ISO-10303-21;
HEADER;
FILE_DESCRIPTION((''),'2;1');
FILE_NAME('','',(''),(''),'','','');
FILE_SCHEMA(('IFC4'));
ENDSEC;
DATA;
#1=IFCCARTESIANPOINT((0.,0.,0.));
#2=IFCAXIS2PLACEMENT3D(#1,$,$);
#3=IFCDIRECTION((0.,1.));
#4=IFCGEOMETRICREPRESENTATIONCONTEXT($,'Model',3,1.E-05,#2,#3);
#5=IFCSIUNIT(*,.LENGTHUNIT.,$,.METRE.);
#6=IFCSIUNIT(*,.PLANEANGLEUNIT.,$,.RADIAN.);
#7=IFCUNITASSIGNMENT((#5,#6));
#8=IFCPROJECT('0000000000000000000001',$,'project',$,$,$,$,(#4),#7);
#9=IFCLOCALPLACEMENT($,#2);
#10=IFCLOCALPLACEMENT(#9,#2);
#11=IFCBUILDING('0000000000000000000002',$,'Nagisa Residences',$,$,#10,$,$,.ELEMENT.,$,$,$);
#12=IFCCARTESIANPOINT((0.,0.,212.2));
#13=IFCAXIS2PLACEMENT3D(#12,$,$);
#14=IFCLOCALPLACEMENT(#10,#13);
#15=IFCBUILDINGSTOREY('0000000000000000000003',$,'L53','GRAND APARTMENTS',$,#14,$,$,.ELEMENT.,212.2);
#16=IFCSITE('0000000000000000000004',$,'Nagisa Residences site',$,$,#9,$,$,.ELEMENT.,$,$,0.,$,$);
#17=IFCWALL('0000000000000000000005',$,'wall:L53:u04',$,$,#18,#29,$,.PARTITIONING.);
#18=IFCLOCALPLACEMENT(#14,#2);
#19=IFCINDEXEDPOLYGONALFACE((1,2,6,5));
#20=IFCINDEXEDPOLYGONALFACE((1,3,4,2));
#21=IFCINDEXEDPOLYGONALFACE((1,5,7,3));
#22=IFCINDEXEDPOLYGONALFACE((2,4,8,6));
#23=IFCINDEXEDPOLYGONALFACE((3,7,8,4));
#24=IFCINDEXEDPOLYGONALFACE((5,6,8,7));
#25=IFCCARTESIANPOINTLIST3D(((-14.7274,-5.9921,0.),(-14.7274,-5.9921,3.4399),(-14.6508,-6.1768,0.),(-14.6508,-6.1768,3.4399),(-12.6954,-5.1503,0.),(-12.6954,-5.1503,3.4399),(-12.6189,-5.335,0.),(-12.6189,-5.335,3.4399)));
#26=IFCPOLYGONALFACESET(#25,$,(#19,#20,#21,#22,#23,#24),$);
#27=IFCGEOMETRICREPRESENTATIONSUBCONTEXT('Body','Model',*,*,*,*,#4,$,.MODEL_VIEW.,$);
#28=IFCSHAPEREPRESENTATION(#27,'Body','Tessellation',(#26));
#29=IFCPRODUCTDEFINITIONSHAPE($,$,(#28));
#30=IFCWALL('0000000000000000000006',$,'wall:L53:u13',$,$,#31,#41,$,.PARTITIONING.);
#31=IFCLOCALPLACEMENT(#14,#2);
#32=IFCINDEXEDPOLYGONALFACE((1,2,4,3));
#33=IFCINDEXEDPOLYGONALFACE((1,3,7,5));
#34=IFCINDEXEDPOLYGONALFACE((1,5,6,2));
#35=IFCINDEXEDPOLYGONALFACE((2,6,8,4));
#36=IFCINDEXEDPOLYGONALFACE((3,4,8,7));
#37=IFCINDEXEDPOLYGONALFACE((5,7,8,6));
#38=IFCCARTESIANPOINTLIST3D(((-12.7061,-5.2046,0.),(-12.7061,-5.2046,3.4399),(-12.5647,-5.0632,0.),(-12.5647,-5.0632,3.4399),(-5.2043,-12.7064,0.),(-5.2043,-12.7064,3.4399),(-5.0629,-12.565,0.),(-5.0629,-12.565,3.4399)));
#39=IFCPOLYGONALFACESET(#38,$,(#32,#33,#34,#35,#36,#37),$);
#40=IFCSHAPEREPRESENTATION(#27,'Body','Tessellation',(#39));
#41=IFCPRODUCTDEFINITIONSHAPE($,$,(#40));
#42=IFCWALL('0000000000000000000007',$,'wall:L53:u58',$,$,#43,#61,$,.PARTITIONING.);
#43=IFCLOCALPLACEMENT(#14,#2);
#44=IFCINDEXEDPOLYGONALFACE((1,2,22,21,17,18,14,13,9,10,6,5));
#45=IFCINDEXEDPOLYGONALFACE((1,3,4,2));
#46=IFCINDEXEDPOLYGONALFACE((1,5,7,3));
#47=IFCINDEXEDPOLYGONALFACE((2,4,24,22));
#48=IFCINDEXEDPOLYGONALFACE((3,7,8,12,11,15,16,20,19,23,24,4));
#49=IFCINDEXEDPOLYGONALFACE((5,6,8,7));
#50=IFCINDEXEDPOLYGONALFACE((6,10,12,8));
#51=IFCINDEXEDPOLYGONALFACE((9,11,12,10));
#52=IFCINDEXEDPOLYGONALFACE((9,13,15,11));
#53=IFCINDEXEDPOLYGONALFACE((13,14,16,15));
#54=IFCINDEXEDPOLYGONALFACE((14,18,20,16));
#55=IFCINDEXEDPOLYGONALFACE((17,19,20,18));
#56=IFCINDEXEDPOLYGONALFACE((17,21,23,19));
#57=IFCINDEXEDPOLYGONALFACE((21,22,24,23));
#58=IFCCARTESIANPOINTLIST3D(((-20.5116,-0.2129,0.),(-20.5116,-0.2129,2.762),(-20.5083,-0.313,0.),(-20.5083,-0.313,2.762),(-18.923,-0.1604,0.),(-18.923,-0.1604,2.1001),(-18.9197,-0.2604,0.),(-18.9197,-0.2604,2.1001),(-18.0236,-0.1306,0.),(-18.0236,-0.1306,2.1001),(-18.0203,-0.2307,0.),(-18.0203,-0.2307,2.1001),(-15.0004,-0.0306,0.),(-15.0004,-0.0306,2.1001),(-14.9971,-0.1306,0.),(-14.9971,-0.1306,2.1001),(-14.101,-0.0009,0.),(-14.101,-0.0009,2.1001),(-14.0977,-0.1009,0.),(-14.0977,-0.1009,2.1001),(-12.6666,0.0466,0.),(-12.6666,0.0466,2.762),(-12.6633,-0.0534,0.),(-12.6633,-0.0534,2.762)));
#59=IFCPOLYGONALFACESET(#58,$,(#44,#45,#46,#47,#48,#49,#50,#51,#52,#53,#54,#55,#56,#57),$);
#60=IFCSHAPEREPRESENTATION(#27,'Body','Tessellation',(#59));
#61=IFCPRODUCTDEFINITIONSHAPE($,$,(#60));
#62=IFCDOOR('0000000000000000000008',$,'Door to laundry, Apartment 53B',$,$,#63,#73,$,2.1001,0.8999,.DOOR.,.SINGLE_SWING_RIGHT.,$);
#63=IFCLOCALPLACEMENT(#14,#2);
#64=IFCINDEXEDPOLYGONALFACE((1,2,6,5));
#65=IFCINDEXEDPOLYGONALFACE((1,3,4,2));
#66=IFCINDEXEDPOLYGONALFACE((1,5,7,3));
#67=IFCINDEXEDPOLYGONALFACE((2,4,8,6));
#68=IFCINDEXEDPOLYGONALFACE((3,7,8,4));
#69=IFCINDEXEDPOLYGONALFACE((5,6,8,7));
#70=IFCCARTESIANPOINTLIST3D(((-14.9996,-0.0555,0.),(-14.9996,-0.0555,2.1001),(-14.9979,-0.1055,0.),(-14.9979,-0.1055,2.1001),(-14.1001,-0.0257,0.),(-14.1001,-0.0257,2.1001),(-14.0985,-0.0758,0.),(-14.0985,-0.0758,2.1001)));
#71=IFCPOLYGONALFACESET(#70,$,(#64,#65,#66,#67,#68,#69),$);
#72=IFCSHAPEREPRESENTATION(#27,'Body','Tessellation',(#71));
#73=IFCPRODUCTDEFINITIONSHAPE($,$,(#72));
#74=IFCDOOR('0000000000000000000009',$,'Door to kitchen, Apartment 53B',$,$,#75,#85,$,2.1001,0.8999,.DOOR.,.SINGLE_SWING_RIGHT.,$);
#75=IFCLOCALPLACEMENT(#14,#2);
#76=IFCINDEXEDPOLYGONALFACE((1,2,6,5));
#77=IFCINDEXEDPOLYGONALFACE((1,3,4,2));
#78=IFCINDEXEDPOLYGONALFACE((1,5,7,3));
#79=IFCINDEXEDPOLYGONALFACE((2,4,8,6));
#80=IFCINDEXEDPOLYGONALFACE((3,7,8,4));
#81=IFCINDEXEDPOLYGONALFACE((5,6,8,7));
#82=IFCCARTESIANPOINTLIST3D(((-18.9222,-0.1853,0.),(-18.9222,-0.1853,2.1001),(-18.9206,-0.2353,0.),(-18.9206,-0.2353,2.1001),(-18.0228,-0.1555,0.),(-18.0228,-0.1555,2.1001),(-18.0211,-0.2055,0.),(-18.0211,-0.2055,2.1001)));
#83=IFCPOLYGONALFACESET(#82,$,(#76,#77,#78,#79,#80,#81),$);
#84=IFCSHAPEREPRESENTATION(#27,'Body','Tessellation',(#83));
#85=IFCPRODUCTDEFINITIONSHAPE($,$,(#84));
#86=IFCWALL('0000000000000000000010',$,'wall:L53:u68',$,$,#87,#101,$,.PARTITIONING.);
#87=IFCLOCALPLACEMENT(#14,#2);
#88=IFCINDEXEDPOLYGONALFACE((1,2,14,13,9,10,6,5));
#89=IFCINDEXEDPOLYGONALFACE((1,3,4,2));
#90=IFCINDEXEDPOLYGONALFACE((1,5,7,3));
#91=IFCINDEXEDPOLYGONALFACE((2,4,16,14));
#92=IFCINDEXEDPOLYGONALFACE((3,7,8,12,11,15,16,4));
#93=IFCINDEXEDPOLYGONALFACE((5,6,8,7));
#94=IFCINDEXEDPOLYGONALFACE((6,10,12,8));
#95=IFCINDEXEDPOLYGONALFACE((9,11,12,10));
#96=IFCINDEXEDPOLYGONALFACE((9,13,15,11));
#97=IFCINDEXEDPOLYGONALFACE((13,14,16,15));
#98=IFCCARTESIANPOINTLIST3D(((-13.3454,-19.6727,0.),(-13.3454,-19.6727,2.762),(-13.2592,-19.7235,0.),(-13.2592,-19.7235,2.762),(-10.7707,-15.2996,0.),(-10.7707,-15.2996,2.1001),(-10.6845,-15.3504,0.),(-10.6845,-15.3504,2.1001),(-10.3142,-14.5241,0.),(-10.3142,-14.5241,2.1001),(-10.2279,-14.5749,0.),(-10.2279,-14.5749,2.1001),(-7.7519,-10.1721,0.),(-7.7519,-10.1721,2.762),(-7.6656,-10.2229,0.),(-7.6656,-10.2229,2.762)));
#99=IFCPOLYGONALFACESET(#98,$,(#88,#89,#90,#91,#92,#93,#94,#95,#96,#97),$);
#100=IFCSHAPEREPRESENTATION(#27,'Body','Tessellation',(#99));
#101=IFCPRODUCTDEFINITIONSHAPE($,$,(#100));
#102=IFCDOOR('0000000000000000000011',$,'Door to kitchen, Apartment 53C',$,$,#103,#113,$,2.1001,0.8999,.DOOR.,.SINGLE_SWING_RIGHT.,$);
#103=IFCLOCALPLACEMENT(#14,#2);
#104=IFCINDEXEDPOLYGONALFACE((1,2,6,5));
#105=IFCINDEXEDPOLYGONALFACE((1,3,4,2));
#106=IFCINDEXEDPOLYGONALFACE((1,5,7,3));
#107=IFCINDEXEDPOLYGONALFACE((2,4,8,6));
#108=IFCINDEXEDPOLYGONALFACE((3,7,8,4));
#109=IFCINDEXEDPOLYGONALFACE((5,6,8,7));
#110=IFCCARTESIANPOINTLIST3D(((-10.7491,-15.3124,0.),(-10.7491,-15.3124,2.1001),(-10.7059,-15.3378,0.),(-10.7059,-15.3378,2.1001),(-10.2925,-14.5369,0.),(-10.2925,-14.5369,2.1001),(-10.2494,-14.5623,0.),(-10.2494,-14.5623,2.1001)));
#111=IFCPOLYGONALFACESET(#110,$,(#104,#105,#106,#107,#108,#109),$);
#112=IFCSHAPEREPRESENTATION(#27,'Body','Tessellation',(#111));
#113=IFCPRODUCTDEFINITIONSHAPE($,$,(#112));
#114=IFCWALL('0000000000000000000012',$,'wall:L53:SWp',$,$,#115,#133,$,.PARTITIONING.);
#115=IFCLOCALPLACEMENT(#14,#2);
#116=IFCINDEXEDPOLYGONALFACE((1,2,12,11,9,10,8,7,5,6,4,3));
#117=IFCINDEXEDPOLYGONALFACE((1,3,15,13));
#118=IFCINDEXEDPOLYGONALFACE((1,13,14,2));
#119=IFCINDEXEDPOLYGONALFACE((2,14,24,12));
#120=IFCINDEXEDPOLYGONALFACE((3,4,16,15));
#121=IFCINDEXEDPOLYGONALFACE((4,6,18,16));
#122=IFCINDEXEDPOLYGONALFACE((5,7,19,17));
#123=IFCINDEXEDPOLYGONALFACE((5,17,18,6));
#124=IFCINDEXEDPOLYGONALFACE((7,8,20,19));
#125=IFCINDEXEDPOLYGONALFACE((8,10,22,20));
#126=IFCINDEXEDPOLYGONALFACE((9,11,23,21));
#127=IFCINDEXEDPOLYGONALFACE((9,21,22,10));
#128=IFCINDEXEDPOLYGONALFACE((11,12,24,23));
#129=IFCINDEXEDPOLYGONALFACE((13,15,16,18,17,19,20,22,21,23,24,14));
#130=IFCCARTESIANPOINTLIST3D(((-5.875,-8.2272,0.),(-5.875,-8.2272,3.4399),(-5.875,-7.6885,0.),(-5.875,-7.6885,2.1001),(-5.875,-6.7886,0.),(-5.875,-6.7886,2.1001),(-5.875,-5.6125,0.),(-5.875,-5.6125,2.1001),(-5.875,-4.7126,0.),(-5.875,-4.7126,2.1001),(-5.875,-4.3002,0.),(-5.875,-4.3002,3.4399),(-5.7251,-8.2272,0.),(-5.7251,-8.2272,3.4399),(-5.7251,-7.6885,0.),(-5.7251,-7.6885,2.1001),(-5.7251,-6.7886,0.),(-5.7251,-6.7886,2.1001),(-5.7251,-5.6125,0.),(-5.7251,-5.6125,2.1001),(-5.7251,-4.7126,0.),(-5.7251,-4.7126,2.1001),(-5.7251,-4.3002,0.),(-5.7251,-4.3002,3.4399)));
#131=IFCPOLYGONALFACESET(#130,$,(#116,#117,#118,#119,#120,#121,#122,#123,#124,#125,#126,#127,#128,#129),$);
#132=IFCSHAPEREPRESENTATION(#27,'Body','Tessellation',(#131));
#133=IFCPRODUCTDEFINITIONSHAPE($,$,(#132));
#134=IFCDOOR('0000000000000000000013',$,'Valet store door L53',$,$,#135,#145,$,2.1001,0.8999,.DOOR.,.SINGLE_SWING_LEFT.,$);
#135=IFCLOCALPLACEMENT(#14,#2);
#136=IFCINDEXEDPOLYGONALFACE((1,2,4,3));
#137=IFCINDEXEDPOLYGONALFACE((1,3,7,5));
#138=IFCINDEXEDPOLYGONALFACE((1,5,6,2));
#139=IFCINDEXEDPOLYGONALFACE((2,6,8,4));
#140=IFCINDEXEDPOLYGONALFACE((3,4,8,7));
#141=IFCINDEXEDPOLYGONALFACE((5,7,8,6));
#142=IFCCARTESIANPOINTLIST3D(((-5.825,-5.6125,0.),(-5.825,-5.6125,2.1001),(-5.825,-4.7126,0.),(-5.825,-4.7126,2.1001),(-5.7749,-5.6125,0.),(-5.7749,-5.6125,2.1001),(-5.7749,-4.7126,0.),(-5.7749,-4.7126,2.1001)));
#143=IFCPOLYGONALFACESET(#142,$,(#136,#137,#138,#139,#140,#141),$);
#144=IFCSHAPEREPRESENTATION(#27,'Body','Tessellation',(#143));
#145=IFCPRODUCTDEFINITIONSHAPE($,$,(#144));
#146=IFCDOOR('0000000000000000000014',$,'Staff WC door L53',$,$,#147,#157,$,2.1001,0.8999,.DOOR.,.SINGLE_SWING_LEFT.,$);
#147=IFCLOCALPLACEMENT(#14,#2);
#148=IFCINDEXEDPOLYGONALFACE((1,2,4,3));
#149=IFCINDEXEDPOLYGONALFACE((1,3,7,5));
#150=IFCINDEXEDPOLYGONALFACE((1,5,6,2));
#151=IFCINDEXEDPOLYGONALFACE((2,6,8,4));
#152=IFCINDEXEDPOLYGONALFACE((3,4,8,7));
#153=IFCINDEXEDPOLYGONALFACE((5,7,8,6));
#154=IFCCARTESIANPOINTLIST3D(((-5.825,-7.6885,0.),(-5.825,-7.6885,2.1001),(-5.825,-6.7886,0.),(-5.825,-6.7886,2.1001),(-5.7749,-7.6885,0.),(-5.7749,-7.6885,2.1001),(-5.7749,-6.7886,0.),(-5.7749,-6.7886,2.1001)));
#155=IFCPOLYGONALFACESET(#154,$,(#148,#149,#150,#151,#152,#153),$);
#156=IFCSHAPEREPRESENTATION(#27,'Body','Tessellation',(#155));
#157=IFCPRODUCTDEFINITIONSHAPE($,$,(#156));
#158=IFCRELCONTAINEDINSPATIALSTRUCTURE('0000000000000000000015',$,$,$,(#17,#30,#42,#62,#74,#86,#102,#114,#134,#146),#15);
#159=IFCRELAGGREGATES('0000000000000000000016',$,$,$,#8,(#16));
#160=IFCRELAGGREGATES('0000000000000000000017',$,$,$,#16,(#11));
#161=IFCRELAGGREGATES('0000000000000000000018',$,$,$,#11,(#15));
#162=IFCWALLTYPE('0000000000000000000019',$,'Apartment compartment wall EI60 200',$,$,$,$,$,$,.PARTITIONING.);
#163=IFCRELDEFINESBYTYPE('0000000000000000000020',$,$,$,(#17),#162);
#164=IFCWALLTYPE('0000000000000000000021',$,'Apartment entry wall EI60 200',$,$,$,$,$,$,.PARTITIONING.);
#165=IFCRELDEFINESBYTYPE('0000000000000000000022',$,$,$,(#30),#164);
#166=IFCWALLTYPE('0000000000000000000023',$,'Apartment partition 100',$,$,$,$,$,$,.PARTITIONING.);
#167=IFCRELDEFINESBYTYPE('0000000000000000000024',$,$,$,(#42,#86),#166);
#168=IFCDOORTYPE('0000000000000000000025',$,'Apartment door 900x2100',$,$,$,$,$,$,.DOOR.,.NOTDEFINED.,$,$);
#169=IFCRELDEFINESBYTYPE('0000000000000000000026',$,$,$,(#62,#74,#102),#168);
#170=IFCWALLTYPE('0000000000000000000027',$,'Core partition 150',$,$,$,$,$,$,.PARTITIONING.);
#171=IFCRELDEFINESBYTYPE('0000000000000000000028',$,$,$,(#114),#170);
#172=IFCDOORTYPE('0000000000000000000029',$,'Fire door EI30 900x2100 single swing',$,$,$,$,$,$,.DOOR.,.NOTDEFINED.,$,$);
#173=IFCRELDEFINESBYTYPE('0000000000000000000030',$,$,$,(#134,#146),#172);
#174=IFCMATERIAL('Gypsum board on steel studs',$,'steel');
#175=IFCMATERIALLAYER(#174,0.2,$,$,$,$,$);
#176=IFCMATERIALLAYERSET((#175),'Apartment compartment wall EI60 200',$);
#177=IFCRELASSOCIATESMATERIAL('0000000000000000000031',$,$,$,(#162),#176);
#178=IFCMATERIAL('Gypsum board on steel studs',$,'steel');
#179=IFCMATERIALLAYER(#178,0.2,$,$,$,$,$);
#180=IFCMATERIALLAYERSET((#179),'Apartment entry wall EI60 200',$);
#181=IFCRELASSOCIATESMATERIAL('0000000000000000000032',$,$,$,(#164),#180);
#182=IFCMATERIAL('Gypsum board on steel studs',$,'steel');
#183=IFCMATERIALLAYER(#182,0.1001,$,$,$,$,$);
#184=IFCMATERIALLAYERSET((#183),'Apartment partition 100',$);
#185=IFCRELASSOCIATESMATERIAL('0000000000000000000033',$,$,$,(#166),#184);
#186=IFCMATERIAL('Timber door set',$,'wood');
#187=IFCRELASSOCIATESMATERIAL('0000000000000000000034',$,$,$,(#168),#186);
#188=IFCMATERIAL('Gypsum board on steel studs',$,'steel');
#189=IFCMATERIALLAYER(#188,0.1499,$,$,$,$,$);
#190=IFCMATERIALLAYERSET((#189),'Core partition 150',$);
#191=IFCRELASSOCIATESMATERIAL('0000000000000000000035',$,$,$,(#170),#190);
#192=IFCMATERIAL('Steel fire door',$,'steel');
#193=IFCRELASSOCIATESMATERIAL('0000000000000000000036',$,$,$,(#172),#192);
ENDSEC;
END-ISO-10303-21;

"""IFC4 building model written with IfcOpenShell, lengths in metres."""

from ifc_helpers import new_model, si_unit, direction, frame, frame_2d, origin, place, context, subcontext, project, spatial, rectangle, extrude, material, layer, layer_set, type_object, element, fill, save


model = new_model("IFC4")

# Units and contexts
model_context = context("Model", 3, precision=1e-05, world=origin(), true_north=direction((0.0, 1.0)))
body_context = subcontext(model_context, "Body", "Model", "MODEL_VIEW")
ifc_project = project(units=[si_unit("LENGTHUNIT", "METRE"), si_unit("PLANEANGLEUNIT", "RADIAN")], contexts=[model_context])

# Site, building, storey
site_placement = place(None, origin())
site = spatial("IfcSite", under=ifc_project, at=site_placement, Name="Nagisa Residences site", CompositionType="ELEMENT", RefElevation=0.0)
building_placement = place(site_placement, origin())
building = spatial("IfcBuilding", under=site, at=building_placement, Name="Nagisa Residences", CompositionType="ELEMENT")
storey_placement = place(building_placement, frame((0.0, 0.0, 212.2)))
storey = spatial("IfcBuildingStorey", under=building, at=storey_placement, Name="L53", Description="GRAND APARTMENTS", CompositionType="ELEMENT", Elevation=212.2)

# Walls
ifc_material_1 = material(Name="Gypsum board on steel studs", Category="steel")
ifc_layer_1 = layer(ifc_material_1, 0.2)
ifc_layer_set_1 = layer_set([ifc_layer_1], Name="Apartment compartment wall EI60 200")
wall_type_1 = type_object("IfcWallType", Name="Apartment compartment wall EI60 200", PredefinedType="PARTITIONING", material=ifc_layer_set_1)
wall_1_placement = place(storey_placement, frame((-12.6572, -5.2427, 0.0), z_axis=(0.0, 0.0, 1.0), x_axis=(-0.92386, -0.382731, 0.0)))
element("IfcWall", 1, at=wall_1_placement, inside=storey, type_object=wall_type_1, Name="wall:L53:u04", PredefinedType="PARTITIONING", context=body_context, shape_type="SweptSolid", body=[
    extrude(rectangle(XDim=2.1995, YDim=0.2, at=frame_2d((1.0996, 0.0))), origin(), (0.0, 0.0, 1.0), 3.4399),
])
ifc_material_2 = material(Name="Gypsum board on steel studs", Category="steel")
ifc_layer_2 = layer(ifc_material_2, 0.2)
ifc_layer_set_2 = layer_set([ifc_layer_2], Name="Apartment entry wall EI60 200")
wall_type_2 = type_object("IfcWallType", Name="Apartment entry wall EI60 200", PredefinedType="PARTITIONING", material=ifc_layer_set_2)
wall_2_placement = place(storey_placement, frame((-12.6355, -5.1338, 0.0), z_axis=(0.0, 0.0, 1.0), x_axis=(0.707107, -0.707107, 0.0)))
element("IfcWall", 2, at=wall_2_placement, inside=storey, type_object=wall_type_2, Name="wall:L53:u13", PredefinedType="PARTITIONING", context=body_context, shape_type="SweptSolid", body=[
    extrude(rectangle(XDim=10.6091, YDim=0.2, at=frame_2d((5.3047, 0.0))), origin(), (0.0, 0.0, 1.0), 3.4399),
])

# Wall, openings, doors
ifc_material_3 = material(Name="Gypsum board on steel studs", Category="steel")
ifc_layer_3 = layer(ifc_material_3, 0.1001)
ifc_layer_set_3 = layer_set([ifc_layer_3], Name="Apartment partition 100")
wall_type_3 = type_object("IfcWallType", Name="Apartment partition 100", PredefinedType="PARTITIONING", material=ifc_layer_set_3)
wall_3_placement = place(storey_placement, frame((-12.6648, -0.0034, 0.0), z_axis=(0.0, 0.0, 1.0), x_axis=(-0.999453, -0.033063, 0.0)))
wall_3 = element("IfcWall", 3, at=wall_3_placement, inside=storey, type_object=wall_type_3, Name="wall:L53:u58", PredefinedType="PARTITIONING", context=body_context, shape_type="SweptSolid", body=[
    extrude(rectangle(XDim=7.8494, YDim=0.1001, at=frame_2d((3.9248, 0.0))), origin(), (0.0, 0.0, 1.0), 2.762),
])
opening_1_placement = place(wall_3_placement, frame((1.4353, 0.0, 0.0)))
opening_1 = element("IfcOpeningElement", 4, at=opening_1_placement, cuts=wall_3, PredefinedType="OPENING", context=body_context, shape_type="SweptSolid", body=[
    extrude(rectangle(XDim=0.8999, YDim=2.1001, at=frame_2d((0.45, 1.05))), frame((0.0, 0.0601, 0.0), z_axis=(0.0, -1.0, 0.0), x_axis=(1.0, 0.0, 0.0)), (0.0, 0.0, 1.0), 0.1201),
])
opening_2_placement = place(wall_3_placement, frame((5.3601, 0.0, 0.0)))
opening_2 = element("IfcOpeningElement", 5, at=opening_2_placement, cuts=wall_3, PredefinedType="OPENING", context=body_context, shape_type="SweptSolid", body=[
    extrude(rectangle(XDim=0.8999, YDim=2.1001, at=frame_2d((0.45, 1.05))), frame((0.0, 0.0601, 0.0), z_axis=(0.0, -1.0, 0.0), x_axis=(1.0, 0.0, 0.0)), (0.0, 0.0, 1.0), 0.1201),
])
ifc_material_4 = material(Name="Timber door set", Category="wood")
door_type_1 = type_object("IfcDoorType", Name="Apartment door 900x2100", OperationType="NOTDEFINED", PredefinedType="DOOR", material=ifc_material_4)
door_1_placement = place(opening_1_placement, origin())
door_1 = element("IfcDoor", 6, at=door_1_placement, inside=storey, type_object=door_type_1, Name="Door to laundry, Apartment 53B", OperationType="SINGLE_SWING_RIGHT", OverallHeight=2.1001, OverallWidth=0.8999, PredefinedType="DOOR", context=body_context, shape_type="SweptSolid", body=[
    extrude(rectangle(XDim=0.8999, YDim=2.1001, at=frame_2d((0.45, 1.05))), frame((0.0, 0.0249, 0.0), z_axis=(0.0, -1.0, 0.0), x_axis=(1.0, 0.0, 0.0)), (0.0, 0.0, 1.0), 0.05),
])
fill(opening_1, door_1)
door_2_placement = place(opening_2_placement, origin())
door_2 = element("IfcDoor", 7, at=door_2_placement, inside=storey, type_object=door_type_1, Name="Door to kitchen, Apartment 53B", OperationType="SINGLE_SWING_RIGHT", OverallHeight=2.1001, OverallWidth=0.8999, PredefinedType="DOOR", context=body_context, shape_type="SweptSolid", body=[
    extrude(rectangle(XDim=0.8999, YDim=2.1001, at=frame_2d((0.45, 1.05))), frame((0.0, 0.0249, 0.0), z_axis=(0.0, -1.0, 0.0), x_axis=(1.0, 0.0, 0.0)), (0.0, 0.0, 1.0), 0.05),
])
fill(opening_2, door_2)

# Wall, opening, door
wall_4_placement = place(storey_placement, frame((-7.7087, -10.1975, 0.0), z_axis=(0.0, 0.0, 1.0), x_axis=(-0.507356, -0.861737, 0.0)))
wall_4 = element("IfcWall", 8, at=wall_4_placement, inside=storey, type_object=wall_type_3, Name="wall:L53:u68", PredefinedType="PARTITIONING", context=body_context, shape_type="SweptSolid", body=[
    extrude(rectangle(XDim=11.0249, YDim=0.1001, at=frame_2d((5.5125, 0.0))), origin(), (0.0, 0.0, 1.0), 2.762),
])
opening_3_placement = place(wall_4_placement, frame((5.0503, 0.0, 0.0)))
opening_3 = element("IfcOpeningElement", 9, at=opening_3_placement, cuts=wall_4, PredefinedType="OPENING", context=body_context, shape_type="SweptSolid", body=[
    extrude(rectangle(XDim=0.8999, YDim=2.1001, at=frame_2d((0.45, 1.05))), frame((0.0, 0.0601, 0.0), z_axis=(0.0, -1.0, 0.0), x_axis=(1.0, 0.0, 0.0)), (0.0, 0.0, 1.0), 0.1201),
])
door_3_placement = place(opening_3_placement, frame((0.8999, 0.0, 0.0), x_axis=(-1.0, 0.0, 0.0)))
door_3 = element("IfcDoor", 10, at=door_3_placement, inside=storey, type_object=door_type_1, Name="Door to kitchen, Apartment 53C", OperationType="SINGLE_SWING_RIGHT", OverallHeight=2.1001, OverallWidth=0.8999, PredefinedType="DOOR", context=body_context, shape_type="SweptSolid", body=[
    extrude(rectangle(XDim=0.8999, YDim=2.1001, at=frame_2d((0.45, 1.05))), frame((0.0, 0.0249, 0.0), z_axis=(0.0, -1.0, 0.0), x_axis=(1.0, 0.0, 0.0)), (0.0, 0.0, 1.0), 0.05),
])
fill(opening_3, door_3)

# Wall, openings, doors
ifc_material_5 = material(Name="Gypsum board on steel studs", Category="steel")
ifc_layer_4 = layer(ifc_material_5, 0.1499)
ifc_layer_set_4 = layer_set([ifc_layer_4], Name="Core partition 150")
wall_type_4 = type_object("IfcWallType", Name="Core partition 150", PredefinedType="PARTITIONING", material=ifc_layer_set_4)
wall_5_placement = place(storey_placement, frame((-5.8, -8.2271, 0.0), z_axis=(0.0, 0.0, 1.0), x_axis=(0.0, 1.0, 0.0)))
wall_5 = element("IfcWall", 11, at=wall_5_placement, inside=storey, type_object=wall_type_4, Name="wall:L53:SWp", PredefinedType="PARTITIONING", context=body_context, shape_type="SweptSolid", body=[
    extrude(rectangle(XDim=3.927, YDim=0.1499, at=frame_2d((1.9634, 0.0))), origin(), (0.0, 0.0, 1.0), 3.4399),
])
opening_4_placement = place(wall_5_placement, frame((2.6145, 0.0, 0.0)))
opening_4 = element("IfcOpeningElement", 12, at=opening_4_placement, cuts=wall_5, PredefinedType="OPENING", context=body_context, shape_type="SweptSolid", body=[
    extrude(rectangle(XDim=0.8999, YDim=2.1001, at=frame_2d((0.45, 1.05))), frame((0.0, 0.085, 0.0), z_axis=(0.0, -1.0, 0.0), x_axis=(1.0, 0.0, 0.0)), (0.0, 0.0, 1.0), 0.1699),
])
opening_5_placement = place(wall_5_placement, frame((0.5386, 0.0, 0.0)))
opening_5 = element("IfcOpeningElement", 13, at=opening_5_placement, cuts=wall_5, PredefinedType="OPENING", context=body_context, shape_type="SweptSolid", body=[
    extrude(rectangle(XDim=0.8999, YDim=2.1001, at=frame_2d((0.45, 1.05))), frame((0.0, 0.085, 0.0), z_axis=(0.0, -1.0, 0.0), x_axis=(1.0, 0.0, 0.0)), (0.0, 0.0, 1.0), 0.1699),
])
ifc_material_6 = material(Name="Steel fire door", Category="steel")
door_type_2 = type_object("IfcDoorType", Name="Fire door EI30 900x2100 single swing", OperationType="NOTDEFINED", PredefinedType="DOOR", material=ifc_material_6)
door_4_placement = place(opening_4_placement, origin())
door_4 = element("IfcDoor", 14, at=door_4_placement, inside=storey, type_object=door_type_2, Name="Valet store door L53", OperationType="SINGLE_SWING_LEFT", OverallHeight=2.1001, OverallWidth=0.8999, PredefinedType="DOOR", context=body_context, shape_type="SweptSolid", body=[
    extrude(rectangle(XDim=0.8999, YDim=2.1001, at=frame_2d((0.45, 1.05))), frame((0.0, 0.0249, 0.0), z_axis=(0.0, -1.0, 0.0), x_axis=(1.0, 0.0, 0.0)), (0.0, 0.0, 1.0), 0.05),
])
fill(opening_4, door_4)
door_5_placement = place(opening_5_placement, origin())
door_5 = element("IfcDoor", 15, at=door_5_placement, inside=storey, type_object=door_type_2, Name="Staff WC door L53", OperationType="SINGLE_SWING_LEFT", OverallHeight=2.1001, OverallWidth=0.8999, PredefinedType="DOOR", context=body_context, shape_type="SweptSolid", body=[
    extrude(rectangle(XDim=0.8999, YDim=2.1001, at=frame_2d((0.45, 1.05))), frame((0.0, 0.0249, 0.0), z_axis=(0.0, -1.0, 0.0), x_axis=(1.0, 0.0, 0.0)), (0.0, 0.0, 1.0), 0.05),
])
fill(opening_5, door_5)

save(model, "model.ifc")
